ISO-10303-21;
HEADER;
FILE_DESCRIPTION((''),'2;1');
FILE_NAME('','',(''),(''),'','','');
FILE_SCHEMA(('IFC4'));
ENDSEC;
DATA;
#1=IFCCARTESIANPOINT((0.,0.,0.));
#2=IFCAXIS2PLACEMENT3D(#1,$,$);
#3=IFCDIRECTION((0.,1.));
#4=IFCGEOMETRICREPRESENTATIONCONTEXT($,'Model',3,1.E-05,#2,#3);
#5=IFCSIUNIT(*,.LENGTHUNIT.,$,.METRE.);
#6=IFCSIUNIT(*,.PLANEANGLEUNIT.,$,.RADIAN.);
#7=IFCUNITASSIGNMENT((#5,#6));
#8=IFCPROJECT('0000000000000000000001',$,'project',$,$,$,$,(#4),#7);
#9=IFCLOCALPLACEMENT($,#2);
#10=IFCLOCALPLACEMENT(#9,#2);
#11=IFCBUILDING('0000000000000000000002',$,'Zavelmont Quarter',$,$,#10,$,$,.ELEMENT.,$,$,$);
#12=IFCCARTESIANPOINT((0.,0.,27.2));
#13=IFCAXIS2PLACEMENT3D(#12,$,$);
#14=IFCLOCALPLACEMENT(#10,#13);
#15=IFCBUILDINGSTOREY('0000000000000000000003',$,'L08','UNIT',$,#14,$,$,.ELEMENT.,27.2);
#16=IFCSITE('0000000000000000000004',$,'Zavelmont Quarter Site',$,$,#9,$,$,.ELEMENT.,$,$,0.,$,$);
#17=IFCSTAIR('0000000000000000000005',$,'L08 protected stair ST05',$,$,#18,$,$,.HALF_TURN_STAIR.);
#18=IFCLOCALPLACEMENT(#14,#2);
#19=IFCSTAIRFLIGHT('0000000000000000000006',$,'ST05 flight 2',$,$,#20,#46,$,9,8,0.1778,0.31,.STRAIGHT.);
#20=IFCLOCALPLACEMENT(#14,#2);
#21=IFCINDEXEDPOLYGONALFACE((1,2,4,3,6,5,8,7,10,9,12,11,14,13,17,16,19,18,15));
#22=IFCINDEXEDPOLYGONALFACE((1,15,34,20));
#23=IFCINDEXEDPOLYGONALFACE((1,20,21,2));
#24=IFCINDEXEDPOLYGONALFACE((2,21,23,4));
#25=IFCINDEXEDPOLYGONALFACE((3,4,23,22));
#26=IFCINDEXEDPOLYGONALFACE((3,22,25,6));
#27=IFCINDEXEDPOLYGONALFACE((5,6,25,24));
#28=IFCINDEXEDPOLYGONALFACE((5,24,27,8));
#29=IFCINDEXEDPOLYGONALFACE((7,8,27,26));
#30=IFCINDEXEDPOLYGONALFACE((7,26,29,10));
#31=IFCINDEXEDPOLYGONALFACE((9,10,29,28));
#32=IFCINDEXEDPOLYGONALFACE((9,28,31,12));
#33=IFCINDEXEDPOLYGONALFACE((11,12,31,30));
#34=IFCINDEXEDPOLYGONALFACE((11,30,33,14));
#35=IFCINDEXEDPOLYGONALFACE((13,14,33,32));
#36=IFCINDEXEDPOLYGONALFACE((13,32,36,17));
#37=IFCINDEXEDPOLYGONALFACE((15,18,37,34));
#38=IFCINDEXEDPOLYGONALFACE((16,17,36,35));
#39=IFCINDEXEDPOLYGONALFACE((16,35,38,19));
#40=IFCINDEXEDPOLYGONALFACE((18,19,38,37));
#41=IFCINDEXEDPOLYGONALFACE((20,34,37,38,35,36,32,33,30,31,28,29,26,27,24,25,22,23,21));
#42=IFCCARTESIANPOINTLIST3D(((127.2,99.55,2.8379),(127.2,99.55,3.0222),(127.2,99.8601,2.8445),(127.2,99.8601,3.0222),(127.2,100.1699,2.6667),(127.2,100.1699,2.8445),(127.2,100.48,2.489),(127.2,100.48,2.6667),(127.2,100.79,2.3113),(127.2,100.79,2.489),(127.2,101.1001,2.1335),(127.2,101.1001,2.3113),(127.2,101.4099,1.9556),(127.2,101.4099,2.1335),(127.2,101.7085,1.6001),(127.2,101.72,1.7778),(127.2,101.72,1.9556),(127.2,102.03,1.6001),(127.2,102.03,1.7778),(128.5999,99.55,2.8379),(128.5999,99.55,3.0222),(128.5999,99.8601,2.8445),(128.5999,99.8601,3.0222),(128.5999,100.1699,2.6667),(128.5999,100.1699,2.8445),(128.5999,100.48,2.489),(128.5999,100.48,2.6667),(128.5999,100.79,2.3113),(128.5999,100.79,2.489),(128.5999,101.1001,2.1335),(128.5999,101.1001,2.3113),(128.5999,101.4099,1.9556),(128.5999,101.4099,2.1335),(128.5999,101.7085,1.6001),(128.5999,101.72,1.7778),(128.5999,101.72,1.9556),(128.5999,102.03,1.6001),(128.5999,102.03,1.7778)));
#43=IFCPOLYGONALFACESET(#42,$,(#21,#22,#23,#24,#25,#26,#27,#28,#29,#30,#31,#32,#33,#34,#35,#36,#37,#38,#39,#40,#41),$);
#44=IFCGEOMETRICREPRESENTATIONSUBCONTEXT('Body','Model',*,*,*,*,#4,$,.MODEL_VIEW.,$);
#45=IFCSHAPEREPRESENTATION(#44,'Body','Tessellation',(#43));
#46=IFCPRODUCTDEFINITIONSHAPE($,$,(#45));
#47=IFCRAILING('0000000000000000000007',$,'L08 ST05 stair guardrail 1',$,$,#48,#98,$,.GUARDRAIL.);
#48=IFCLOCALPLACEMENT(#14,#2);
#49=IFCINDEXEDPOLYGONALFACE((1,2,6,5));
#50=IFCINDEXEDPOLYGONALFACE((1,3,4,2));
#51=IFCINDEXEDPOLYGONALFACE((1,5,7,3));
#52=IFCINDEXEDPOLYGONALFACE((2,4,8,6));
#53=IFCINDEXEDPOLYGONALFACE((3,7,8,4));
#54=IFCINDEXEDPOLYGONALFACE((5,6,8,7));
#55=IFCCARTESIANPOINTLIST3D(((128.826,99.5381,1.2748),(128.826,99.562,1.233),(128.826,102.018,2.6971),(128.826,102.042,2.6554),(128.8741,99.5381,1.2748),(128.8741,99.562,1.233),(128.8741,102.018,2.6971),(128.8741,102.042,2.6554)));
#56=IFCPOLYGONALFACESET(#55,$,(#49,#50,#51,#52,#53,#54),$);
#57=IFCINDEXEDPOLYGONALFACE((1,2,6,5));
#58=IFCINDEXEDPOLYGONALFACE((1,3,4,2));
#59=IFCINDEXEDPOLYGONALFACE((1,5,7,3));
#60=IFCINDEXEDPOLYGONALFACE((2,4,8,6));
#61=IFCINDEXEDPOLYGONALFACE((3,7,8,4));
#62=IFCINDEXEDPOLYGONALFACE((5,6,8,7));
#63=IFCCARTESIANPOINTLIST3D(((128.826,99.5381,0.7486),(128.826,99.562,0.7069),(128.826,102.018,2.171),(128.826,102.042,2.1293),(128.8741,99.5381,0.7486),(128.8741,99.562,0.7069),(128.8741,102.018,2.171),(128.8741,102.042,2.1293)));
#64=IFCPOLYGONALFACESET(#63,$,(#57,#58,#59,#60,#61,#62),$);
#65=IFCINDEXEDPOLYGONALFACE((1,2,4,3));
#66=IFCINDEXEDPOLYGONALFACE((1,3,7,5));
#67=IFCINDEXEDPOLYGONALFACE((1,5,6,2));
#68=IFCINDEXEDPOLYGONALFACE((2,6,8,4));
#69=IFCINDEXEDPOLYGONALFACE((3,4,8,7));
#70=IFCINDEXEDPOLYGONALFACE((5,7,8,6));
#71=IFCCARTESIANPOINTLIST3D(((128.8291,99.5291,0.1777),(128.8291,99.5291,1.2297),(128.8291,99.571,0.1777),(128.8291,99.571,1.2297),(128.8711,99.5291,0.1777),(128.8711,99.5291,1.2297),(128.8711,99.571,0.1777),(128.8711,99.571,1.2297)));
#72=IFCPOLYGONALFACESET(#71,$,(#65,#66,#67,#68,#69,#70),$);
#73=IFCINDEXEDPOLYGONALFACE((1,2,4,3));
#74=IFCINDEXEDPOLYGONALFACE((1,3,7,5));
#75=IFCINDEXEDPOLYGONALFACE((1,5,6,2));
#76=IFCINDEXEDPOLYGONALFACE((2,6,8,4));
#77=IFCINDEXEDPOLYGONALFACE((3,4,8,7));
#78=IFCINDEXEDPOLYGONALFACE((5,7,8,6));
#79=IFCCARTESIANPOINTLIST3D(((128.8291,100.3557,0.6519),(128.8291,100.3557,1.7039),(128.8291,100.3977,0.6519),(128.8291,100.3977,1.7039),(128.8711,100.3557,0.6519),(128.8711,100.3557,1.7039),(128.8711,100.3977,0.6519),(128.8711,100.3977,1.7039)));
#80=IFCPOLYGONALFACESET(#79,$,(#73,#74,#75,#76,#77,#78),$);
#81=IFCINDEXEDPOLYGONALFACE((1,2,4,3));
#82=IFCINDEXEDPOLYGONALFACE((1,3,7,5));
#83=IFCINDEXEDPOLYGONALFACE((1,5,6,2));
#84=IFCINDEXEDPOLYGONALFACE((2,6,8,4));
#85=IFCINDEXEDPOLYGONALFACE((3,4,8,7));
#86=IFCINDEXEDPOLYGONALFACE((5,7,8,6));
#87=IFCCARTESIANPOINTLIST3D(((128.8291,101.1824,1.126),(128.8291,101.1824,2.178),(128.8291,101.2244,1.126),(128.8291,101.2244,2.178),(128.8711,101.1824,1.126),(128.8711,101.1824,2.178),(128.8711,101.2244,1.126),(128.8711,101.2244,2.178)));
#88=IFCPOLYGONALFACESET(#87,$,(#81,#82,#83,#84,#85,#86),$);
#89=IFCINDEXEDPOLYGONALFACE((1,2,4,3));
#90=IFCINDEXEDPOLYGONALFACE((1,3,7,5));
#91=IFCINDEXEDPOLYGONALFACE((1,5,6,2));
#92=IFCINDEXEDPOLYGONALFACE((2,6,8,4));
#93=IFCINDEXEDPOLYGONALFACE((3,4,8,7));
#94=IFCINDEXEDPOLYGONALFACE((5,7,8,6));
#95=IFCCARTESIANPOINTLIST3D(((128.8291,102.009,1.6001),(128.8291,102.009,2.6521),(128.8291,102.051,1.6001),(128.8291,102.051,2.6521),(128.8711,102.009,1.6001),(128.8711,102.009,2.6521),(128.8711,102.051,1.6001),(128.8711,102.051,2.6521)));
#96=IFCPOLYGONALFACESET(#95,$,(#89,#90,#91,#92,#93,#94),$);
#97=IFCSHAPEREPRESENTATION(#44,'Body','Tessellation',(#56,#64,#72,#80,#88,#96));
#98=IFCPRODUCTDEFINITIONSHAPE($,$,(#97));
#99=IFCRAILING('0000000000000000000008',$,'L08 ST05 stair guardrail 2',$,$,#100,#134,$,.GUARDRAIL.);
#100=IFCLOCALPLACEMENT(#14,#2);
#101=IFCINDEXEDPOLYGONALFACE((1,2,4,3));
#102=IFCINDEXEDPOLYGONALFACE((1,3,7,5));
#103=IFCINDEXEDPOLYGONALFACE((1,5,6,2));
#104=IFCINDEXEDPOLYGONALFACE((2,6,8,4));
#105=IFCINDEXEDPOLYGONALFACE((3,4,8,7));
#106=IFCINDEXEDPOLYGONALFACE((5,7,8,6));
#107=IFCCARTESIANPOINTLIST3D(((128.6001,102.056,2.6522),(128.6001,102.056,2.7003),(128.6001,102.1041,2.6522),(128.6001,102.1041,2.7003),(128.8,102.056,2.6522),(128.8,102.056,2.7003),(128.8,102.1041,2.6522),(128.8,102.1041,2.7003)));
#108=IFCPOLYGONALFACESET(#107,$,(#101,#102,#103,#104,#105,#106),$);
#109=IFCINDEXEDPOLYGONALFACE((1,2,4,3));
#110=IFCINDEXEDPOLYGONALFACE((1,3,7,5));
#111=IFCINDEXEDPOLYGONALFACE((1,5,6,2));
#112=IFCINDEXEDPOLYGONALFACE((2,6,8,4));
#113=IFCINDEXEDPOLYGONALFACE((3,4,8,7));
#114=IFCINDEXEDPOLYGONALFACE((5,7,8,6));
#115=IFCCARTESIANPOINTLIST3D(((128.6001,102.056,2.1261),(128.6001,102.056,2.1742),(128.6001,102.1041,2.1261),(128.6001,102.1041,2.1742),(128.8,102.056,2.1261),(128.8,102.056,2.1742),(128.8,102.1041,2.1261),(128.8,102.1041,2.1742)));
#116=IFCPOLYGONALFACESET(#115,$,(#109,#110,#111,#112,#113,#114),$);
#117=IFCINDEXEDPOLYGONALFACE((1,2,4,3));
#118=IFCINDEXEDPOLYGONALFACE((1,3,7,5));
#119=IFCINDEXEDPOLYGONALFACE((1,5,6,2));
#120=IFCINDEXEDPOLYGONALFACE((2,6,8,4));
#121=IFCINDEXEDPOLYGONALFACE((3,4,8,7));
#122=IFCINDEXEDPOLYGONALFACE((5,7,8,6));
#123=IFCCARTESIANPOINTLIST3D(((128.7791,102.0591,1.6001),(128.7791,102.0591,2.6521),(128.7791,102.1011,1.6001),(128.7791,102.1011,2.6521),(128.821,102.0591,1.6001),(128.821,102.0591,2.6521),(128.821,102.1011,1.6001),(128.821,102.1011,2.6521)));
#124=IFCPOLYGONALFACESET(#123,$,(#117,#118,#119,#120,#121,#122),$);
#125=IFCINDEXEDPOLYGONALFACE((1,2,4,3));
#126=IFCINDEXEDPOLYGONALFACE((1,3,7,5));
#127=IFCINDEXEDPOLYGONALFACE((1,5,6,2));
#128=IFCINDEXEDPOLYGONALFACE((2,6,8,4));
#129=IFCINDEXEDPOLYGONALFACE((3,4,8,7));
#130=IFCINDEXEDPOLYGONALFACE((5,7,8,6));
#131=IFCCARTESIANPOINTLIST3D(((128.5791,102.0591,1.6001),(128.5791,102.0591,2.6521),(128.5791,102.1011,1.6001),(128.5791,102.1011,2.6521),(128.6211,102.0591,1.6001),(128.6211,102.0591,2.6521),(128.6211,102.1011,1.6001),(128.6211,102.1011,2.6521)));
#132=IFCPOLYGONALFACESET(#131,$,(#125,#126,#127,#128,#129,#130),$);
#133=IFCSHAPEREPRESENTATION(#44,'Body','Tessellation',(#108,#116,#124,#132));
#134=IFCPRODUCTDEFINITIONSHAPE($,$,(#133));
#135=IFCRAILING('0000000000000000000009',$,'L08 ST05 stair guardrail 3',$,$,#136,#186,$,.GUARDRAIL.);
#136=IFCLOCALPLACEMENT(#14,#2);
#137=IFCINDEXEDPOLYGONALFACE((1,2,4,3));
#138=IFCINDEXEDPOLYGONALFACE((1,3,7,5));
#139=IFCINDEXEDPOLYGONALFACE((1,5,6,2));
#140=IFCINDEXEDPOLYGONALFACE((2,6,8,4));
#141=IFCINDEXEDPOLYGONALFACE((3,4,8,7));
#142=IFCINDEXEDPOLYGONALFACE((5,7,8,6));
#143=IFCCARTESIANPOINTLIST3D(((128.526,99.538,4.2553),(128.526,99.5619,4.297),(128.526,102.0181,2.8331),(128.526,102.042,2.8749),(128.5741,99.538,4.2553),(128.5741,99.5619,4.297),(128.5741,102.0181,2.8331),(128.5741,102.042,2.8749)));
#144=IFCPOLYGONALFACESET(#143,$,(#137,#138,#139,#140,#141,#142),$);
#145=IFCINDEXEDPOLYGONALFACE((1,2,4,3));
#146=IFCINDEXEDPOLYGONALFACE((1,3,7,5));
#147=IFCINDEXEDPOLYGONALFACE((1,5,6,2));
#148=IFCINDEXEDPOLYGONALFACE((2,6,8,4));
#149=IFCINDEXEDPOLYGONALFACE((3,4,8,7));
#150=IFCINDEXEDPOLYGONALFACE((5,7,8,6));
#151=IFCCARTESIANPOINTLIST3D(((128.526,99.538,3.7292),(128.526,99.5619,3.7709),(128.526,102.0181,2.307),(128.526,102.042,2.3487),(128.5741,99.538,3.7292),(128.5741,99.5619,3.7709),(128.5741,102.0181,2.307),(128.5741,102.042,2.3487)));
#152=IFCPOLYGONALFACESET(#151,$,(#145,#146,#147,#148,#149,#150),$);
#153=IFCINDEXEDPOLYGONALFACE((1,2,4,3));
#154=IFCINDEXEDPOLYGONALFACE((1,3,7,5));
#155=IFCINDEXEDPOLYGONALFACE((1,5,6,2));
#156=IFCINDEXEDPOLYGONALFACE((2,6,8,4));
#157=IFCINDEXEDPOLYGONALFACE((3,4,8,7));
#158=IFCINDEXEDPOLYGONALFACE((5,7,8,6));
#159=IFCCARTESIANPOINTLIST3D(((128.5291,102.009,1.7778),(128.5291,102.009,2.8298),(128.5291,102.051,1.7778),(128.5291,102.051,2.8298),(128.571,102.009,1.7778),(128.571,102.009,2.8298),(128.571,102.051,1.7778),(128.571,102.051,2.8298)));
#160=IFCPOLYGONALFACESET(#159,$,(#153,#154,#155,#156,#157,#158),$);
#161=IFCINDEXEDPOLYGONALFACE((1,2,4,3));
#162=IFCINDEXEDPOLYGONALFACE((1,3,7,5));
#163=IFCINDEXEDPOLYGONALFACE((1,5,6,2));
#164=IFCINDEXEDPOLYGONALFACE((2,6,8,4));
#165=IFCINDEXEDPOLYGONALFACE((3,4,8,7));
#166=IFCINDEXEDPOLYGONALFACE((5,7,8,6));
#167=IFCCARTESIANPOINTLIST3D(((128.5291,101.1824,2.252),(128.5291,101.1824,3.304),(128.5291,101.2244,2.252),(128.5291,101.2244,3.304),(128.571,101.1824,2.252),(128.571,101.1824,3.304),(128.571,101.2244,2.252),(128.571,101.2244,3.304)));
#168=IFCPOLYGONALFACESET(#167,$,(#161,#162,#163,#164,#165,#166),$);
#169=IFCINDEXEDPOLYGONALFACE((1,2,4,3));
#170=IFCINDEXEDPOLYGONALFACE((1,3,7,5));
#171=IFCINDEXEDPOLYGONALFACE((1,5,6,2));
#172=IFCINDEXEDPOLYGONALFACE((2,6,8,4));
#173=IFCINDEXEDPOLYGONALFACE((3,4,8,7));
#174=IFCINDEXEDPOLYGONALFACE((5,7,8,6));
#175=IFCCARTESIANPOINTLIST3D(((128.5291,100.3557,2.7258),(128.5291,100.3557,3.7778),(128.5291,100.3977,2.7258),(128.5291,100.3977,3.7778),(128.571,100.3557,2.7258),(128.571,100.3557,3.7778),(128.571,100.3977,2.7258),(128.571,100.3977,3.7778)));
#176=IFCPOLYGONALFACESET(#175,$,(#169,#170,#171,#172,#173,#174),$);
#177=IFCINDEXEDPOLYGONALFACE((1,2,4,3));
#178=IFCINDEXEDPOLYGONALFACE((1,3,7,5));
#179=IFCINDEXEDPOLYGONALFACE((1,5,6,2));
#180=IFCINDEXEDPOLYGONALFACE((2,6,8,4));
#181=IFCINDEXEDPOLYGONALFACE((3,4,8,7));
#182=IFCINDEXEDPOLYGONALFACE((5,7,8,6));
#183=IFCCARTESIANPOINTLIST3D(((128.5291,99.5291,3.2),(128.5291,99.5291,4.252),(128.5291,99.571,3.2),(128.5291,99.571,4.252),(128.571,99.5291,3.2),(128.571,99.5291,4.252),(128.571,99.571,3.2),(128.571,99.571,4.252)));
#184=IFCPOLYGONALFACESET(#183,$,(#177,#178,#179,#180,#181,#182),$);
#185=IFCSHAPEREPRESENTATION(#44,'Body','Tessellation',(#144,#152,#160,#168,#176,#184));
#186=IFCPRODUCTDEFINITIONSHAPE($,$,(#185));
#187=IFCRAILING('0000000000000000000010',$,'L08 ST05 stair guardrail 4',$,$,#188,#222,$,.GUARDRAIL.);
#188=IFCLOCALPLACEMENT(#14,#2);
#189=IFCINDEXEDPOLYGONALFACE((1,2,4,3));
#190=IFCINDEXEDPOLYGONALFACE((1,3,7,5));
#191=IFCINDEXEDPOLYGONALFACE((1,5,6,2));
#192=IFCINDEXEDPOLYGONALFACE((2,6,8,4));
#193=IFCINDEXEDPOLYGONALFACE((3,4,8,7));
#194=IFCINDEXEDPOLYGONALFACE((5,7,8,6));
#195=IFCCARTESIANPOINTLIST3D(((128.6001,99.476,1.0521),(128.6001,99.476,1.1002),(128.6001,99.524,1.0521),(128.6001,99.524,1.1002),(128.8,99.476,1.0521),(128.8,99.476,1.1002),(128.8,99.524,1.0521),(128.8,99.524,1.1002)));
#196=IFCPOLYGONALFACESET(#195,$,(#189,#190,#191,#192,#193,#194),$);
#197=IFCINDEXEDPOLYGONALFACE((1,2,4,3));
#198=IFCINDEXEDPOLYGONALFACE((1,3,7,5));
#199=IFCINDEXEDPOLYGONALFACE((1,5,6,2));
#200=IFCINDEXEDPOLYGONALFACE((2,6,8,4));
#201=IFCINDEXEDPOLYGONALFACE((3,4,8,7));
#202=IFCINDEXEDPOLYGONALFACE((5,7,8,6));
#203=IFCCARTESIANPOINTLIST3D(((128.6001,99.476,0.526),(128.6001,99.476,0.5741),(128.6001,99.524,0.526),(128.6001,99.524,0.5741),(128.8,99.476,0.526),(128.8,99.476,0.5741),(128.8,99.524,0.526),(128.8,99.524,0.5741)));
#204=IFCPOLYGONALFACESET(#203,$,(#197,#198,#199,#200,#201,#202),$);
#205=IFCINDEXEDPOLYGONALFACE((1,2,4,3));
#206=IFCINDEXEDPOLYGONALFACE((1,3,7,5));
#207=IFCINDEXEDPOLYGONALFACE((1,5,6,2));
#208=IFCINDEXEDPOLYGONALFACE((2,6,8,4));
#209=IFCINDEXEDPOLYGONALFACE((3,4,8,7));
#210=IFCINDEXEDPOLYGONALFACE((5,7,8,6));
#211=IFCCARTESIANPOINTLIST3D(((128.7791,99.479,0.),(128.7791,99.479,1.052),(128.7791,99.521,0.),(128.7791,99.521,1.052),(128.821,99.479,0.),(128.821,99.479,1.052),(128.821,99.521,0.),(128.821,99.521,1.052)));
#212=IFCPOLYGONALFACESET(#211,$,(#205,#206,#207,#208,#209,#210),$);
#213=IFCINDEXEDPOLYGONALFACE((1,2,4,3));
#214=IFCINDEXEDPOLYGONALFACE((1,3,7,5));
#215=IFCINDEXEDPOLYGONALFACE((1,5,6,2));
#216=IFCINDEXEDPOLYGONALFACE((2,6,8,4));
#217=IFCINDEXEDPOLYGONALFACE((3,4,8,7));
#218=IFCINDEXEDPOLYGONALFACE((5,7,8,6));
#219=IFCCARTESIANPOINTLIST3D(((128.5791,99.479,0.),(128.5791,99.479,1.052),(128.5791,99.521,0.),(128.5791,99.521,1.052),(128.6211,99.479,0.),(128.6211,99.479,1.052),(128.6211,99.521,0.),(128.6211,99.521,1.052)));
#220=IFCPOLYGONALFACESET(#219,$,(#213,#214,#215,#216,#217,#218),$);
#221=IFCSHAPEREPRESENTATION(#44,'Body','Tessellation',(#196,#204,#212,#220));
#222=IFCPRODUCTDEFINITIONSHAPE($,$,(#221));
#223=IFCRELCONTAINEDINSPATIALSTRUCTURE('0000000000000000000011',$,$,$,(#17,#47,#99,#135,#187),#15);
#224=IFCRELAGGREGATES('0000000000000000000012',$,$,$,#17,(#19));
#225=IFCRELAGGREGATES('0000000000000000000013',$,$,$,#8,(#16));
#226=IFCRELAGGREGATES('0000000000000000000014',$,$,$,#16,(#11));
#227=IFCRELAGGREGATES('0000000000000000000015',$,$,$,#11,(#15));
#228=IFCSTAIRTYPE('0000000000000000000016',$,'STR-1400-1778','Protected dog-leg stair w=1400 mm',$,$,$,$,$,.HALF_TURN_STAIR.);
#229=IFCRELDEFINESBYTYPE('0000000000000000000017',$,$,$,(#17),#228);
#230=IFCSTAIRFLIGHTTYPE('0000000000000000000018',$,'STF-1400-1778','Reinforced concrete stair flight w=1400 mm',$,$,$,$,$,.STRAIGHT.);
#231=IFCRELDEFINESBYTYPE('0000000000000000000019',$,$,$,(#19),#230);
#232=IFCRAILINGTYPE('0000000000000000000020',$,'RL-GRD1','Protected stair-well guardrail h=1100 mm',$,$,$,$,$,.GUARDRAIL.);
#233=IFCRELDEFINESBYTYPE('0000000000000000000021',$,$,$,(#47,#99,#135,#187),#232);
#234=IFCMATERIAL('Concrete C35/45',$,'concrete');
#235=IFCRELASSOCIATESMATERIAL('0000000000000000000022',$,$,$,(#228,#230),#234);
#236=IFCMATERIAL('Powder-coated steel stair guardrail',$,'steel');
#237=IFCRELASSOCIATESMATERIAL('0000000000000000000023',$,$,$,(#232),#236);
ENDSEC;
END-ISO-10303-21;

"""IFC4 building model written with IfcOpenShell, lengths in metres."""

from ifc_helpers import new_model, si_unit, direction, frame, origin, origin_2d, place, context, subcontext, project, spatial, polyline, rectangle, outline, extrude, material, type_object, element, aggregate, save


model = new_model("IFC4")

# Units and contexts
model_context = context("Model", 3, precision=1e-05, world=origin(), true_north=direction((0.0, 1.0)))
body_context = subcontext(model_context, "Body", "Model", "MODEL_VIEW")
ifc_project = project(units=[si_unit("LENGTHUNIT", "METRE"), si_unit("PLANEANGLEUNIT", "RADIAN")], contexts=[model_context])

# Site, building, storey
site_placement = place(None, origin())
site = spatial("IfcSite", under=ifc_project, at=site_placement, Name="Zavelmont Quarter Site", CompositionType="ELEMENT", RefElevation=0.0)
building_placement = place(site_placement, origin())
building = spatial("IfcBuilding", under=site, at=building_placement, Name="Zavelmont Quarter", CompositionType="ELEMENT")
storey_placement = place(building_placement, frame((0.0, 0.0, 27.2)))
storey = spatial("IfcBuildingStorey", under=building, at=storey_placement, Name="L08", Description="UNIT", CompositionType="ELEMENT", Elevation=27.2)

# Shared definitions
ifc_material_1 = material(Name="Concrete C35/45", Category="concrete")

# Stair, stair flight
stair_type = type_object("IfcStairType", Name="STR-1400-1778", Description="Protected dog-leg stair w=1400 mm", PredefinedType="HALF_TURN_STAIR", material=ifc_material_1)
stair_placement = place(storey_placement, origin())
stair = element("IfcStair", 1, at=stair_placement, inside=storey, type_object=stair_type, Name="L08 protected stair ST05", PredefinedType="HALF_TURN_STAIR")
stair_flight_type = type_object("IfcStairFlightType", Name="STF-1400-1778", Description="Reinforced concrete stair flight w=1400 mm", PredefinedType="STRAIGHT", material=ifc_material_1)
stair_flight_placement = place(storey_placement, frame((127.8999, 102.03, 1.6001), z_axis=(0.0, 0.0, 1.0), x_axis=(0.0, -1.0, 0.0)))
stair_flight = element("IfcStairFlight", 2, at=stair_flight_placement, type_object=stair_flight_type, Name="ST05 flight 2", NumberOfRisers=9, NumberOfTreads=8, PredefinedType="STRAIGHT", RiserHeight=0.1778, TreadLength=0.31, context=body_context, shape_type="SweptSolid", body=[
    extrude(outline(polyline([(0.0, 0.0), (0.0, 0.1777), (0.3101, 0.1777), (0.3101, 0.3555), (0.6201, 0.3555), (0.6201, 0.5334), (0.9299, 0.5334), (0.9299, 0.7112), (1.24, 0.7112), (1.24, 0.8889), (1.55, 0.8889), (1.55, 1.0667), (1.8601, 1.0667), (1.8601, 1.2444), (2.1699, 1.2444), (2.1699, 1.4221), (2.48, 1.4221), (2.48, 1.6001), (2.48, 1.2378), (0.3215, 0.0), (0.0, 0.0)])), frame((0.0, 0.7, 0.0), z_axis=(0.0, -1.0, 0.0), x_axis=(1.0, 0.0, 0.0)), (0.0, 0.0, 1.0), 1.3999),
])
aggregate(stair, [stair_flight])

# Railings
ifc_material_2 = material(Name="Powder-coated steel stair guardrail", Category="steel")
railing_type_1 = type_object("IfcRailingType", Name="RL-GRD1", Description="Protected stair-well guardrail h=1100 mm", PredefinedType="GUARDRAIL", material=ifc_material_2)
railing_1_placement = place(storey_placement, frame((128.8501, 99.55, 0.1777)))
element("IfcRailing", 3, at=railing_1_placement, inside=storey, type_object=railing_type_1, Name="L08 ST05 stair guardrail 1", PredefinedType="GUARDRAIL", context=body_context, shape_type="SweptSolid", body=[
    extrude(rectangle(XDim=0.0481, YDim=0.0481, at=origin_2d()), frame((0.0, 0.0, 1.0762), z_axis=(0.0, 0.867454, 0.497518), x_axis=(-1.0, 0.0, 0.0)), (0.0, 0.0, 1.0), 2.8589),
    extrude(rectangle(XDim=0.0481, YDim=0.0481, at=origin_2d()), frame((0.0, 0.0, 0.55), z_axis=(0.0, 0.867454, 0.497518), x_axis=(-1.0, 0.0, 0.0)), (0.0, 0.0, 1.0), 2.8589),
    extrude(rectangle(XDim=0.042, YDim=0.042, at=origin_2d()), origin(), (0.0, 0.0, 1.0), 1.052),
    extrude(rectangle(XDim=0.042, YDim=0.042, at=origin_2d()), frame((0.0, 0.8267, 0.4741)), (0.0, 0.0, 1.0), 1.052),
    extrude(rectangle(XDim=0.042, YDim=0.042, at=origin_2d()), frame((0.0, 1.6533, 0.9482)), (0.0, 0.0, 1.0), 1.052),
    extrude(rectangle(XDim=0.042, YDim=0.042, at=origin_2d()), frame((0.0, 2.48, 1.4224)), (0.0, 0.0, 1.0), 1.052),
])
railing_2_placement = place(storey_placement, frame((128.8, 102.0801, 1.6001)))
element("IfcRailing", 4, at=railing_2_placement, inside=storey, type_object=railing_type_1, Name="L08 ST05 stair guardrail 2", PredefinedType="GUARDRAIL", context=body_context, shape_type="SweptSolid", body=[
    extrude(rectangle(XDim=0.0481, YDim=0.0481, at=origin_2d()), frame((0.0, 0.0, 1.0762), z_axis=(-1.0, 0.0, 0.0), x_axis=(0.0, -1.0, 0.0)), (0.0, 0.0, 1.0), 0.2),
    extrude(rectangle(XDim=0.0481, YDim=0.0481, at=origin_2d()), frame((0.0, 0.0, 0.55), z_axis=(-1.0, 0.0, 0.0), x_axis=(0.0, -1.0, 0.0)), (0.0, 0.0, 1.0), 0.2),
    extrude(rectangle(XDim=0.042, YDim=0.042, at=origin_2d()), origin(), (0.0, 0.0, 1.0), 1.052),
    extrude(rectangle(XDim=0.042, YDim=0.042, at=origin_2d()), frame((-0.2, 0.0, 0.0)), (0.0, 0.0, 1.0), 1.052),
])
railing_3_placement = place(storey_placement, frame((128.55, 102.03, 1.7778)))
element("IfcRailing", 5, at=railing_3_placement, inside=storey, type_object=railing_type_1, Name="L08 ST05 stair guardrail 3", PredefinedType="GUARDRAIL", context=body_context, shape_type="SweptSolid", body=[
    extrude(rectangle(XDim=0.0481, YDim=0.0481, at=origin_2d()), frame((0.0, 0.0, 1.0762), z_axis=(0.0, -0.867491, 0.497454), x_axis=(1.0, 0.0, 0.0)), (0.0, 0.0, 1.0), 2.8589),
    extrude(rectangle(XDim=0.0481, YDim=0.0481, at=origin_2d()), frame((0.0, 0.0, 0.55), z_axis=(0.0, -0.867491, 0.497454), x_axis=(1.0, 0.0, 0.0)), (0.0, 0.0, 1.0), 2.8589),
    extrude(rectangle(XDim=0.042, YDim=0.042, at=origin_2d()), origin(), (0.0, 0.0, 1.0), 1.052),
    extrude(rectangle(XDim=0.042, YDim=0.042, at=origin_2d()), frame((0.0, -0.8267, 0.4741)), (0.0, 0.0, 1.0), 1.052),
    extrude(rectangle(XDim=0.042, YDim=0.042, at=origin_2d()), frame((0.0, -1.6533, 0.948)), (0.0, 0.0, 1.0), 1.052),
    extrude(rectangle(XDim=0.042, YDim=0.042, at=origin_2d()), frame((0.0, -2.48, 1.4221)), (0.0, 0.0, 1.0), 1.052),
])
railing_4_placement = place(storey_placement, frame((128.8, 99.5, 0.0)))
element("IfcRailing", 6, at=railing_4_placement, inside=storey, type_object=railing_type_1, Name="L08 ST05 stair guardrail 4", PredefinedType="GUARDRAIL", context=body_context, shape_type="SweptSolid", body=[
    extrude(rectangle(XDim=0.0481, YDim=0.0481, at=origin_2d()), frame((0.0, 0.0, 1.0762), z_axis=(-1.0, 0.0, 0.0), x_axis=(0.0, -1.0, 0.0)), (0.0, 0.0, 1.0), 0.2),
    extrude(rectangle(XDim=0.0481, YDim=0.0481, at=origin_2d()), frame((0.0, 0.0, 0.55), z_axis=(-1.0, 0.0, 0.0), x_axis=(0.0, -1.0, 0.0)), (0.0, 0.0, 1.0), 0.2),
    extrude(rectangle(XDim=0.042, YDim=0.042, at=origin_2d()), origin(), (0.0, 0.0, 1.0), 1.052),
    extrude(rectangle(XDim=0.042, YDim=0.042, at=origin_2d()), frame((-0.2, 0.0, 0.0)), (0.0, 0.0, 1.0), 1.052),
])

save(model, "model.ifc")
